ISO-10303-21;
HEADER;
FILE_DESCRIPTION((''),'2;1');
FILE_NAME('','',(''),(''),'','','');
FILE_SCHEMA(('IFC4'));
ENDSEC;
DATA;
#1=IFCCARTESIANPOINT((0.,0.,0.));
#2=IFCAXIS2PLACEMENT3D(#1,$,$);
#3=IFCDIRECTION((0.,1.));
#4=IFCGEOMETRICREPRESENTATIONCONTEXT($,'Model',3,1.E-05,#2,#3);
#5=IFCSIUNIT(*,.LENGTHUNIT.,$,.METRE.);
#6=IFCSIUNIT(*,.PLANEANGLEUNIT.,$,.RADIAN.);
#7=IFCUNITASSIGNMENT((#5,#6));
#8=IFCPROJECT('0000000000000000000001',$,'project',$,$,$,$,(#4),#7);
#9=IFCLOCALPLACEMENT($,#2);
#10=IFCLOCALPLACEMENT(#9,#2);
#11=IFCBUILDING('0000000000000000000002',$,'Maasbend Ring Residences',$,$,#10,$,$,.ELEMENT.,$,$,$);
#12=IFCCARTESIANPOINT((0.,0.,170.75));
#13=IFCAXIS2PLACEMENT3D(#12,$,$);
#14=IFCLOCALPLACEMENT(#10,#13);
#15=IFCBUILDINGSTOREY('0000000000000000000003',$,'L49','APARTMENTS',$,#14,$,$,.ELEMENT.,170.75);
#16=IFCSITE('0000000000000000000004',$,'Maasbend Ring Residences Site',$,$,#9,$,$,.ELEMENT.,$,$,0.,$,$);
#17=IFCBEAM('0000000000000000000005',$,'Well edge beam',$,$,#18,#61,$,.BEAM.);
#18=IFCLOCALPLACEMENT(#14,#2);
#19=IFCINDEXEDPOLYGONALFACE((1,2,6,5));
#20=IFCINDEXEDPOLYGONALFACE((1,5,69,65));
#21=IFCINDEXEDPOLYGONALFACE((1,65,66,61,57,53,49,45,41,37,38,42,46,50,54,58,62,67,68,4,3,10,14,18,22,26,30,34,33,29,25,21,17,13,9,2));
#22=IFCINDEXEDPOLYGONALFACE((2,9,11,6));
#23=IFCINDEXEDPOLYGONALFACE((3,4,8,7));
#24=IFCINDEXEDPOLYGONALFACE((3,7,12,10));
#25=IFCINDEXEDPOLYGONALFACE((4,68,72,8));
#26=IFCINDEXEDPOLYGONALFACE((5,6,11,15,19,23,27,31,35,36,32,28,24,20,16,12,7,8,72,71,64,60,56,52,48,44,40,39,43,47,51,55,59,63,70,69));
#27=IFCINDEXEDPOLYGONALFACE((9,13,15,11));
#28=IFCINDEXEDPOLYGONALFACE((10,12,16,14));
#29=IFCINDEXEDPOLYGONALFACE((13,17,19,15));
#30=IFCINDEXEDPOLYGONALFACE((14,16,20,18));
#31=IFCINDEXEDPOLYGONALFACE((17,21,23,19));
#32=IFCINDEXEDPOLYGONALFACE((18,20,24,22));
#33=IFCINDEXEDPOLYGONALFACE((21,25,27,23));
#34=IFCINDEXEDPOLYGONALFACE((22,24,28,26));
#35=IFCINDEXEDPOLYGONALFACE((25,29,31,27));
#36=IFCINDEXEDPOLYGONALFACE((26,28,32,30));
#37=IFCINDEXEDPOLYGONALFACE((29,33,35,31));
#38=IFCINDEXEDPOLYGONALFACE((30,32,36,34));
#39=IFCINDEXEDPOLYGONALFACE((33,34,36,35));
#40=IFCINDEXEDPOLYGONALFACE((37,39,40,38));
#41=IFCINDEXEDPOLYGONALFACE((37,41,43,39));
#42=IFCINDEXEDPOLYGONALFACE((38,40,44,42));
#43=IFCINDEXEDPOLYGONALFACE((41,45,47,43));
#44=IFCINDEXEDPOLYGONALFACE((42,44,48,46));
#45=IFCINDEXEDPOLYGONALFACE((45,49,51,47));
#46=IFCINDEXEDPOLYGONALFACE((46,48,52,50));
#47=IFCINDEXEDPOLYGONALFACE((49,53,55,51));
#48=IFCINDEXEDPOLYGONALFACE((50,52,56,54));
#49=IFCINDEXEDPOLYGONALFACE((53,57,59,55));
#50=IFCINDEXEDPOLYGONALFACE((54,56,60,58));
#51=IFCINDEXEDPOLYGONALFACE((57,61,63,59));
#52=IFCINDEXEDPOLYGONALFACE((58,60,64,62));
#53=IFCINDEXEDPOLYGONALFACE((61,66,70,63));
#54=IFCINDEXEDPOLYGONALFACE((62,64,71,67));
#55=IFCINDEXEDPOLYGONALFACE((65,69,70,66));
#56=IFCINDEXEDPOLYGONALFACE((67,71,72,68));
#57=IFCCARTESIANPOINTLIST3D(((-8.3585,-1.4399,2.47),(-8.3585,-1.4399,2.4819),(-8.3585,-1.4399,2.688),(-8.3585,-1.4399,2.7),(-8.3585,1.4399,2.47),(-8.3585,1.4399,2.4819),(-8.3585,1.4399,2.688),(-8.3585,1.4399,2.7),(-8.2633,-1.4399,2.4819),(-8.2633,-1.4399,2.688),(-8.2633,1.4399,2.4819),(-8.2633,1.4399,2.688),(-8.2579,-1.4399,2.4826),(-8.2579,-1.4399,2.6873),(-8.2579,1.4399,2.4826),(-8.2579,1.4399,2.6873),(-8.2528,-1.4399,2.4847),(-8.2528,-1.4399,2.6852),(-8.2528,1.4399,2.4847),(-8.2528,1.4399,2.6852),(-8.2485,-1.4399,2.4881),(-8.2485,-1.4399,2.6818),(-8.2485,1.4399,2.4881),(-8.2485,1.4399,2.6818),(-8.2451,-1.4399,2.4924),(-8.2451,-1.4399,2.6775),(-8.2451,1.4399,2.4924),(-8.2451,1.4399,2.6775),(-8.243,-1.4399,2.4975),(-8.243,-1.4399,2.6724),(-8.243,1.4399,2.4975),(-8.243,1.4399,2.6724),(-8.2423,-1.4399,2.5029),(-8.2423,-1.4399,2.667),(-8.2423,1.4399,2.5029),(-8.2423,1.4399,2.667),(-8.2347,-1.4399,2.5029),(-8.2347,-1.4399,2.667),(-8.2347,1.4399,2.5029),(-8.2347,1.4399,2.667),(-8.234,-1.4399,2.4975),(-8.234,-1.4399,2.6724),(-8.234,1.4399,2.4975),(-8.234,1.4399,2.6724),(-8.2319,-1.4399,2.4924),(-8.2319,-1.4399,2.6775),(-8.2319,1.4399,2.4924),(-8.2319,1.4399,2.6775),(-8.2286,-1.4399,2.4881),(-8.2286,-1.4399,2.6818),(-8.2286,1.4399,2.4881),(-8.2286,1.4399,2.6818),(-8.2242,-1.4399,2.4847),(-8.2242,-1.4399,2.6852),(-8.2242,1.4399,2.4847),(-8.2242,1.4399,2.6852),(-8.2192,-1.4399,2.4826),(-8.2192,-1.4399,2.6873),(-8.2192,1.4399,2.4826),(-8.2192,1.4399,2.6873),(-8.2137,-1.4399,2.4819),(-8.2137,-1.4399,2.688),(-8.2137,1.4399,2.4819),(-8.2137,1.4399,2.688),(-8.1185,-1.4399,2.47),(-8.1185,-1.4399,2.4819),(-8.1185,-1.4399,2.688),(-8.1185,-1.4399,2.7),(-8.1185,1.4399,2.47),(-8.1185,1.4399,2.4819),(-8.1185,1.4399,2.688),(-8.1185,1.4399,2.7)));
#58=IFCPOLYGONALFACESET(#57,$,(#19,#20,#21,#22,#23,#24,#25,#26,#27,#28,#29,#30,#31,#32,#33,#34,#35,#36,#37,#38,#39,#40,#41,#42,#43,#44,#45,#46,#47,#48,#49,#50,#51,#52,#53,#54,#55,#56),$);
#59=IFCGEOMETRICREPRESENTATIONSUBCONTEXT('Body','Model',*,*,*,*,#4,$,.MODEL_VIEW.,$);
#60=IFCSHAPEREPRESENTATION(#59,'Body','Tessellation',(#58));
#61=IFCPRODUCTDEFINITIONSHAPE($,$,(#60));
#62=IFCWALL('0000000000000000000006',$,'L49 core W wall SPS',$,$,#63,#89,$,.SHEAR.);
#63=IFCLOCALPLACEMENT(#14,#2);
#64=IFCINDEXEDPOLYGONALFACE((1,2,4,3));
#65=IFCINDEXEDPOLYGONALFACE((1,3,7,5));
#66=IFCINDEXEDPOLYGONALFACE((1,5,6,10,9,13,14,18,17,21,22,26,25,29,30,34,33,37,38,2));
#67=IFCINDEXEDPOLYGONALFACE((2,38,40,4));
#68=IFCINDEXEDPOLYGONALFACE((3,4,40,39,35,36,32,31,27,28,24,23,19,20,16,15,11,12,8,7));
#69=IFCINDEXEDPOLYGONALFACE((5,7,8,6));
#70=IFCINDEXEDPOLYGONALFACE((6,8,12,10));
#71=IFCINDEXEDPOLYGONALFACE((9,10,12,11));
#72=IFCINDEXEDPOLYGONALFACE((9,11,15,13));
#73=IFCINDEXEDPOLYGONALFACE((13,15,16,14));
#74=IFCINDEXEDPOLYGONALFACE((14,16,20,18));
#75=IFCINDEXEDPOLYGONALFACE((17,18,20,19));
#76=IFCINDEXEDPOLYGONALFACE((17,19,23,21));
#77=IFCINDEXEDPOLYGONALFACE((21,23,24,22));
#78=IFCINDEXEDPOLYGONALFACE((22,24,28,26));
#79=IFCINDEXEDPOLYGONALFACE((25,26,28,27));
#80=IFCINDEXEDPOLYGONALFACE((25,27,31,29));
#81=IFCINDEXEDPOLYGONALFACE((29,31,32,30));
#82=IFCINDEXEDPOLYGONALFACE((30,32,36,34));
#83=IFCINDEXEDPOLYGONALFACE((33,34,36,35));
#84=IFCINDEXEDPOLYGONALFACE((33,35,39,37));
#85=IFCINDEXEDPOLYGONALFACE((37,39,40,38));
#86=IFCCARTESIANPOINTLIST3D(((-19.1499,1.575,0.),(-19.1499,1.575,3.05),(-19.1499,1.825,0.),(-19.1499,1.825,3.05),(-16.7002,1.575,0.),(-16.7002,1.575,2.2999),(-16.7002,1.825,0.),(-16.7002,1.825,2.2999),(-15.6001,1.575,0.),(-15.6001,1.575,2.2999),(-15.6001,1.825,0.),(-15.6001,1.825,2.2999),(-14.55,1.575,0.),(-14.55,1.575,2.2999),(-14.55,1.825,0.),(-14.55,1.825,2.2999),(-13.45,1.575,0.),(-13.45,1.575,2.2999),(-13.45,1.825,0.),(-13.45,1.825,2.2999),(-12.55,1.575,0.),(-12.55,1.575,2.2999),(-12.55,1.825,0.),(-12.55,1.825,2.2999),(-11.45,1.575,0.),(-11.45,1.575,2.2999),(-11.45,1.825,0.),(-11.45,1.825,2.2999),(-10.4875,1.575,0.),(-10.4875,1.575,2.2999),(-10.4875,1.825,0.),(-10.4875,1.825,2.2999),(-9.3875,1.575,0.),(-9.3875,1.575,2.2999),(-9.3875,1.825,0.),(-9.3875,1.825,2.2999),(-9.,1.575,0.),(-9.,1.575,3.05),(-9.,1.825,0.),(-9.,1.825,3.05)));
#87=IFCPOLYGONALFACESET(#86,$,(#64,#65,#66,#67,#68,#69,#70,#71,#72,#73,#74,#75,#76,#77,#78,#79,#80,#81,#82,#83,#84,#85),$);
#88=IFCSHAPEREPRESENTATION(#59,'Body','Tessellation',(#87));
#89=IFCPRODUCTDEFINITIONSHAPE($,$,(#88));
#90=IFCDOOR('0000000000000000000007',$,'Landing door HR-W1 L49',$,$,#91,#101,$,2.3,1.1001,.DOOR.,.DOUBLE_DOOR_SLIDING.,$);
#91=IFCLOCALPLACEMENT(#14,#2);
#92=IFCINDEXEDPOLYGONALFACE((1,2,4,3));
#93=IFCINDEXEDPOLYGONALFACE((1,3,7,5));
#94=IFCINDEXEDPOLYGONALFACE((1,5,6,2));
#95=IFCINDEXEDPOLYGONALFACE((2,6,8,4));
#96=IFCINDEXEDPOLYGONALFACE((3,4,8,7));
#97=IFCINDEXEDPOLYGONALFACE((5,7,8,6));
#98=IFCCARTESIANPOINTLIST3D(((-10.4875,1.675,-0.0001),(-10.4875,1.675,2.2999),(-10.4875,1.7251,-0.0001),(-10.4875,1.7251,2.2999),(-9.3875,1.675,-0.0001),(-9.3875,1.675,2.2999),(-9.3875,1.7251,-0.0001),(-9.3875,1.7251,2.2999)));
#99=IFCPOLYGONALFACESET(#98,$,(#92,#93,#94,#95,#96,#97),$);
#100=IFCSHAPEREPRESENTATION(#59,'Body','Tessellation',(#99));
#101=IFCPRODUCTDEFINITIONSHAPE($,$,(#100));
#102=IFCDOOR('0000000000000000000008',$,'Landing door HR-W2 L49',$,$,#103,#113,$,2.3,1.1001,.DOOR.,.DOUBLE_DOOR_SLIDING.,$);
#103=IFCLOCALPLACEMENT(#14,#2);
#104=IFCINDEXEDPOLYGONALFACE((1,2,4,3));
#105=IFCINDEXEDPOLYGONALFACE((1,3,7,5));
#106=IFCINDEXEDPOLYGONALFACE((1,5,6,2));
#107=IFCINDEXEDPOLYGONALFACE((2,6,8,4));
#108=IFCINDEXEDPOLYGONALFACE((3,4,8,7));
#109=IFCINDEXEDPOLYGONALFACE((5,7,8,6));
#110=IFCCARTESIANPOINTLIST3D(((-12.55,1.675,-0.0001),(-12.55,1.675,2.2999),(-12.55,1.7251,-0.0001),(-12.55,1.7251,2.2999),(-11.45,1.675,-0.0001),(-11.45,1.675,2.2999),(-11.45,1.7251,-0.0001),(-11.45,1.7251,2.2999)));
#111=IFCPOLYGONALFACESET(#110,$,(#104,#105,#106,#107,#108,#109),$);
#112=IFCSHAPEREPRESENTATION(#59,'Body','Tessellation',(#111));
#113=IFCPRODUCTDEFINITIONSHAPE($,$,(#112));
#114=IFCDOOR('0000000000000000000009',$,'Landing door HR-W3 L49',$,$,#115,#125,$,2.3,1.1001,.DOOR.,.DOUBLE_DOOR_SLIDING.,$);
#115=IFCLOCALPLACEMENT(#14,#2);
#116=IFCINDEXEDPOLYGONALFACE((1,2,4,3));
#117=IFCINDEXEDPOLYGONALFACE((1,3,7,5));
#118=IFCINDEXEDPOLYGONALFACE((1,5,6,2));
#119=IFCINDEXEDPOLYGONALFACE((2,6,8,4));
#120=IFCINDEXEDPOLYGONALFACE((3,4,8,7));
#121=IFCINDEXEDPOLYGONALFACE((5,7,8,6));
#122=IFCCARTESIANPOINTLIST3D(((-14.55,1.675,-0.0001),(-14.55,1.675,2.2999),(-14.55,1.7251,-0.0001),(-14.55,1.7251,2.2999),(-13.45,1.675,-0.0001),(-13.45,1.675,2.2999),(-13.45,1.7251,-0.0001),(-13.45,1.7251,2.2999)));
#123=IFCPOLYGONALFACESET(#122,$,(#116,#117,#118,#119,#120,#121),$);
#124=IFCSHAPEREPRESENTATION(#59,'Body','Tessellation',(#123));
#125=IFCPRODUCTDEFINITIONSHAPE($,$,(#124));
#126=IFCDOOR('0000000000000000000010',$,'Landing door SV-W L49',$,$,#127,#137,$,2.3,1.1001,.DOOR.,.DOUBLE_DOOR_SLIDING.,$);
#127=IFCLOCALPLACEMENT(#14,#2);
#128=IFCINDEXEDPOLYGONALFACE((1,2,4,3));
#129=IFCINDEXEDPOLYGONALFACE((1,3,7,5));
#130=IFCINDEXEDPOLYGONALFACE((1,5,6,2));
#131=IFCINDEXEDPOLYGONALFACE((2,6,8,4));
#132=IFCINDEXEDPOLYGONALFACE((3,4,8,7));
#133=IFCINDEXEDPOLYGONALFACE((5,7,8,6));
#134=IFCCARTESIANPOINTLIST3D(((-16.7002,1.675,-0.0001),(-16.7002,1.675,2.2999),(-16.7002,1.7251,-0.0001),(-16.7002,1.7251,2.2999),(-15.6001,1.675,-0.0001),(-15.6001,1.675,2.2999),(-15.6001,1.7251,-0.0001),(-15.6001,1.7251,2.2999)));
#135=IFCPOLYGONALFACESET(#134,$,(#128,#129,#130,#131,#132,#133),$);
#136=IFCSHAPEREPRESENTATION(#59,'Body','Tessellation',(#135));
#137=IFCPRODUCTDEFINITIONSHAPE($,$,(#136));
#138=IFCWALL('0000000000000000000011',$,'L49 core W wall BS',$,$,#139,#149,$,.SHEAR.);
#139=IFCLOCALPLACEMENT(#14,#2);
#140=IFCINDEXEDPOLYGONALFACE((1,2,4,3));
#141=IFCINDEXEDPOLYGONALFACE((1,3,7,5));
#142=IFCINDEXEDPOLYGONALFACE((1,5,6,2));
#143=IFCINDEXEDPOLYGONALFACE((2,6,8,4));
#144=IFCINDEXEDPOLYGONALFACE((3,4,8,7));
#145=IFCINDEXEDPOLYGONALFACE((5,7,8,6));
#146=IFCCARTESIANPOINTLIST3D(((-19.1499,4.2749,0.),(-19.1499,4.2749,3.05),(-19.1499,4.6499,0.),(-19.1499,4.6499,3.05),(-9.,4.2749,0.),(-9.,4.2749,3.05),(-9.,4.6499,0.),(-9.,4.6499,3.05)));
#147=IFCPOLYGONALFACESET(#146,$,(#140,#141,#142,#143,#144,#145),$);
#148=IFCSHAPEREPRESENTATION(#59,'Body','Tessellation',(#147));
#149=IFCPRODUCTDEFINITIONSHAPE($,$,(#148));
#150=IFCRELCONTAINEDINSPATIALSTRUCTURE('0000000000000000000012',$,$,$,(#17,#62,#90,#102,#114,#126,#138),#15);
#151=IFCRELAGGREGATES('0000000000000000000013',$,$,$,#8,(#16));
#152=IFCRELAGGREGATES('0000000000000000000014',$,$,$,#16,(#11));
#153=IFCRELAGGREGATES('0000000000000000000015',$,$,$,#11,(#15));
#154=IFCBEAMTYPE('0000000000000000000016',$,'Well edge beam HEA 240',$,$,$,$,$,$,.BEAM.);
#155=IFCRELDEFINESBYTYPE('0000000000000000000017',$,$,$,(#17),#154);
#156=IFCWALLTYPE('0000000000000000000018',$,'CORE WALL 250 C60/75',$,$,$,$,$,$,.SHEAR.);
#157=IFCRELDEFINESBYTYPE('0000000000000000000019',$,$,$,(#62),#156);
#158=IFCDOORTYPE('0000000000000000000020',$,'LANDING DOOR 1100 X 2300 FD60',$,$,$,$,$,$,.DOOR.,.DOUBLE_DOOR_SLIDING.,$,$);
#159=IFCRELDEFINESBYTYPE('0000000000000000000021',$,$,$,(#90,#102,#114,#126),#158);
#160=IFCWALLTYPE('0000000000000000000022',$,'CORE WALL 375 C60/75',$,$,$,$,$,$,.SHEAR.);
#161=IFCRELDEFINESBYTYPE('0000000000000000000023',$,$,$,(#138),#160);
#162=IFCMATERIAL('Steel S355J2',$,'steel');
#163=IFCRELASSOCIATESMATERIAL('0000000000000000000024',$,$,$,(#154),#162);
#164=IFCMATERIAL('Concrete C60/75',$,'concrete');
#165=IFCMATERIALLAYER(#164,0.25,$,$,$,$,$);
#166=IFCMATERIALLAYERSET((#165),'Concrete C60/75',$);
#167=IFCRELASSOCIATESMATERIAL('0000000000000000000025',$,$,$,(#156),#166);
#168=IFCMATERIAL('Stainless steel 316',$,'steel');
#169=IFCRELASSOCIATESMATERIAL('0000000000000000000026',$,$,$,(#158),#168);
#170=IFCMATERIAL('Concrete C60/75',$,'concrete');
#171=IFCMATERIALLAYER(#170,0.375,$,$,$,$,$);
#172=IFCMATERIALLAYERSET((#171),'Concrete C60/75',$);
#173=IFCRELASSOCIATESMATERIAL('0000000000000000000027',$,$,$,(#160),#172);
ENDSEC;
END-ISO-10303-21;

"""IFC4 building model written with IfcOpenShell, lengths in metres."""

from ifc_helpers import new_model, si_unit, direction, frame, frame_2d, origin, origin_2d, place, context, subcontext, project, spatial, rectangle, i_section, extrude, material, layer, layer_set, material_profile, profile_set, type_object, element, fill, save


model = new_model("IFC4")

# Units and contexts
model_context = context("Model", 3, precision=1e-05, world=origin(), true_north=direction((0.0, 1.0)))
body_context = subcontext(model_context, "Body", "Model", "MODEL_VIEW")
ifc_project = project(units=[si_unit("LENGTHUNIT", "METRE"), si_unit("PLANEANGLEUNIT", "RADIAN")], contexts=[model_context])

# Site, building, storey
site_placement = place(None, origin())
site = spatial("IfcSite", under=ifc_project, at=site_placement, Name="Maasbend Ring Residences Site", CompositionType="ELEMENT", RefElevation=0.0)
building_placement = place(site_placement, origin())
building = spatial("IfcBuilding", under=site, at=building_placement, Name="Maasbend Ring Residences", CompositionType="ELEMENT")
storey_placement = place(building_placement, frame((0.0, 0.0, 170.75)))
storey = spatial("IfcBuildingStorey", under=building, at=storey_placement, Name="L49", Description="APARTMENTS", CompositionType="ELEMENT", Elevation=170.75)

# Beam
ifc_material_1 = material(Name="Steel S355J2", Category="steel")
ifc_material_profile = material_profile(ifc_material_1, i_section(OverallWidth=0.24, OverallDepth=0.23, WebThickness=0.0076, FlangeThickness=0.012, FilletRadius=0.021, at=origin_2d()), Name="HEA 240")
ifc_profile_set = profile_set([ifc_material_profile], Name="Steel S355J2")
beam_type = type_object("IfcBeamType", Name="Well edge beam HEA 240", PredefinedType="BEAM", material=ifc_profile_set)
beam_placement = place(storey_placement, frame((-8.2385, 1.4399, 2.585), z_axis=(0.0, -1.0, 0.0), x_axis=(1.0, 0.0, 0.0)))
element("IfcBeam", 1, at=beam_placement, inside=storey, type_object=beam_type, Name="Well edge beam", PredefinedType="BEAM", context=body_context, shape_type="SweptSolid", body=[
    extrude(i_section(OverallWidth=0.24, OverallDepth=0.23, WebThickness=0.0076, FlangeThickness=0.012, FilletRadius=0.021, at=origin_2d()), origin(), (0.0, 0.0, 1.0), 2.8799),
])

# Wall, openings, doors
ifc_material_2 = material(Name="Concrete C60/75", Category="concrete")
ifc_layer_1 = layer(ifc_material_2, 0.25)
ifc_layer_set_1 = layer_set([ifc_layer_1], Name="Concrete C60/75")
wall_type_1 = type_object("IfcWallType", Name="CORE WALL 250 C60/75", PredefinedType="SHEAR", material=ifc_layer_set_1)
wall_1_placement = place(storey_placement, frame((-9.0, 1.7, 0.0), z_axis=(0.0, 0.0, 1.0), x_axis=(-1.0, 0.0, 0.0)))
wall_1 = element("IfcWall", 2, at=wall_1_placement, inside=storey, type_object=wall_type_1, Name="L49 core W wall SPS", PredefinedType="SHEAR", context=body_context, shape_type="SweptSolid", body=[
    extrude(rectangle(XDim=10.1499, YDim=0.25, at=frame_2d((5.075, 0.0))), origin(), (0.0, 0.0, 1.0), 3.05),
])
opening_1_placement = place(wall_1_placement, frame((0.3875, 0.0, 0.0)))
opening_1 = element("IfcOpeningElement", 3, at=opening_1_placement, cuts=wall_1, PredefinedType="OPENING", context=body_context, shape_type="SweptSolid", body=[
    extrude(rectangle(XDim=1.1001, YDim=2.3, at=frame_2d((0.55, 1.1499))), frame((0.0, 0.135, 0.0), z_axis=(0.0, -1.0, 0.0), x_axis=(1.0, 0.0, 0.0)), (0.0, 0.0, 1.0), 0.27),
])
opening_2_placement = place(wall_1_placement, frame((2.45, 0.0, 0.0)))
opening_2 = element("IfcOpeningElement", 4, at=opening_2_placement, cuts=wall_1, PredefinedType="OPENING", context=body_context, shape_type="SweptSolid", body=[
    extrude(rectangle(XDim=1.1001, YDim=2.3, at=frame_2d((0.55, 1.1499))), frame((0.0, 0.135, 0.0), z_axis=(0.0, -1.0, 0.0), x_axis=(1.0, 0.0, 0.0)), (0.0, 0.0, 1.0), 0.27),
])
opening_3_placement = place(wall_1_placement, frame((4.45, 0.0, 0.0)))
opening_3 = element("IfcOpeningElement", 5, at=opening_3_placement, cuts=wall_1, PredefinedType="OPENING", context=body_context, shape_type="SweptSolid", body=[
    extrude(rectangle(XDim=1.1001, YDim=2.3, at=frame_2d((0.55, 1.1499))), frame((0.0, 0.135, 0.0), z_axis=(0.0, -1.0, 0.0), x_axis=(1.0, 0.0, 0.0)), (0.0, 0.0, 1.0), 0.27),
])
opening_4_placement = place(wall_1_placement, frame((6.6001, 0.0, 0.0)))
opening_4 = element("IfcOpeningElement", 6, at=opening_4_placement, cuts=wall_1, PredefinedType="OPENING", context=body_context, shape_type="SweptSolid", body=[
    extrude(rectangle(XDim=1.1001, YDim=2.3, at=frame_2d((0.55, 1.1499))), frame((0.0, 0.135, 0.0), z_axis=(0.0, -1.0, 0.0), x_axis=(1.0, 0.0, 0.0)), (0.0, 0.0, 1.0), 0.27),
])
ifc_material_3 = material(Name="Stainless steel 316", Category="steel")
door_type_1 = type_object("IfcDoorType", Name="LANDING DOOR 1100 X 2300 FD60", OperationType="DOUBLE_DOOR_SLIDING", PredefinedType="DOOR", material=ifc_material_3)
door_1_placement = place(opening_1_placement, origin())
door_1 = element("IfcDoor", 7, at=door_1_placement, inside=storey, type_object=door_type_1, Name="Landing door HR-W1 L49", OperationType="DOUBLE_DOOR_SLIDING", OverallHeight=2.3, OverallWidth=1.1001, PredefinedType="DOOR", context=body_context, shape_type="SweptSolid", body=[
    extrude(rectangle(XDim=1.1001, YDim=2.3, at=frame_2d((0.55, 1.1499))), frame((0.0, 0.0249, 0.0), z_axis=(0.0, -1.0, 0.0), x_axis=(1.0, 0.0, 0.0)), (0.0, 0.0, 1.0), 0.05),
])
fill(opening_1, door_1)
door_2_placement = place(opening_2_placement, origin())
door_2 = element("IfcDoor", 8, at=door_2_placement, inside=storey, type_object=door_type_1, Name="Landing door HR-W2 L49", OperationType="DOUBLE_DOOR_SLIDING", OverallHeight=2.3, OverallWidth=1.1001, PredefinedType="DOOR", context=body_context, shape_type="SweptSolid", body=[
    extrude(rectangle(XDim=1.1001, YDim=2.3, at=frame_2d((0.55, 1.1499))), frame((0.0, 0.0249, 0.0), z_axis=(0.0, -1.0, 0.0), x_axis=(1.0, 0.0, 0.0)), (0.0, 0.0, 1.0), 0.05),
])
fill(opening_2, door_2)
door_3_placement = place(opening_3_placement, origin())
door_3 = element("IfcDoor", 9, at=door_3_placement, inside=storey, type_object=door_type_1, Name="Landing door HR-W3 L49", OperationType="DOUBLE_DOOR_SLIDING", OverallHeight=2.3, OverallWidth=1.1001, PredefinedType="DOOR", context=body_context, shape_type="SweptSolid", body=[
    extrude(rectangle(XDim=1.1001, YDim=2.3, at=frame_2d((0.55, 1.1499))), frame((0.0, 0.0249, 0.0), z_axis=(0.0, -1.0, 0.0), x_axis=(1.0, 0.0, 0.0)), (0.0, 0.0, 1.0), 0.05),
])
fill(opening_3, door_3)
door_4_placement = place(opening_4_placement, origin())
door_4 = element("IfcDoor", 10, at=door_4_placement, inside=storey, type_object=door_type_1, Name="Landing door SV-W L49", OperationType="DOUBLE_DOOR_SLIDING", OverallHeight=2.3, OverallWidth=1.1001, PredefinedType="DOOR", context=body_context, shape_type="SweptSolid", body=[
    extrude(rectangle(XDim=1.1001, YDim=2.3, at=frame_2d((0.55, 1.1499))), frame((0.0, 0.0249, 0.0), z_axis=(0.0, -1.0, 0.0), x_axis=(1.0, 0.0, 0.0)), (0.0, 0.0, 1.0), 0.05),
])
fill(opening_4, door_4)

# Wall
ifc_material_4 = material(Name="Concrete C60/75", Category="concrete")
ifc_layer_2 = layer(ifc_material_4, 0.375)
ifc_layer_set_2 = layer_set([ifc_layer_2], Name="Concrete C60/75")
wall_type_2 = type_object("IfcWallType", Name="CORE WALL 375 C60/75", PredefinedType="SHEAR", material=ifc_layer_set_2)
wall_2_placement = place(storey_placement, frame((-9.0, 4.4624, 0.0), z_axis=(0.0, 0.0, 1.0), x_axis=(-1.0, 0.0, 0.0)))
element("IfcWall", 11, at=wall_2_placement, inside=storey, type_object=wall_type_2, Name="L49 core W wall BS", PredefinedType="SHEAR", context=body_context, shape_type="SweptSolid", body=[
    extrude(rectangle(XDim=10.1499, YDim=0.375, at=frame_2d((5.075, 0.0))), origin(), (0.0, 0.0, 1.0), 3.05),
])

save(model, "model.ifc")
